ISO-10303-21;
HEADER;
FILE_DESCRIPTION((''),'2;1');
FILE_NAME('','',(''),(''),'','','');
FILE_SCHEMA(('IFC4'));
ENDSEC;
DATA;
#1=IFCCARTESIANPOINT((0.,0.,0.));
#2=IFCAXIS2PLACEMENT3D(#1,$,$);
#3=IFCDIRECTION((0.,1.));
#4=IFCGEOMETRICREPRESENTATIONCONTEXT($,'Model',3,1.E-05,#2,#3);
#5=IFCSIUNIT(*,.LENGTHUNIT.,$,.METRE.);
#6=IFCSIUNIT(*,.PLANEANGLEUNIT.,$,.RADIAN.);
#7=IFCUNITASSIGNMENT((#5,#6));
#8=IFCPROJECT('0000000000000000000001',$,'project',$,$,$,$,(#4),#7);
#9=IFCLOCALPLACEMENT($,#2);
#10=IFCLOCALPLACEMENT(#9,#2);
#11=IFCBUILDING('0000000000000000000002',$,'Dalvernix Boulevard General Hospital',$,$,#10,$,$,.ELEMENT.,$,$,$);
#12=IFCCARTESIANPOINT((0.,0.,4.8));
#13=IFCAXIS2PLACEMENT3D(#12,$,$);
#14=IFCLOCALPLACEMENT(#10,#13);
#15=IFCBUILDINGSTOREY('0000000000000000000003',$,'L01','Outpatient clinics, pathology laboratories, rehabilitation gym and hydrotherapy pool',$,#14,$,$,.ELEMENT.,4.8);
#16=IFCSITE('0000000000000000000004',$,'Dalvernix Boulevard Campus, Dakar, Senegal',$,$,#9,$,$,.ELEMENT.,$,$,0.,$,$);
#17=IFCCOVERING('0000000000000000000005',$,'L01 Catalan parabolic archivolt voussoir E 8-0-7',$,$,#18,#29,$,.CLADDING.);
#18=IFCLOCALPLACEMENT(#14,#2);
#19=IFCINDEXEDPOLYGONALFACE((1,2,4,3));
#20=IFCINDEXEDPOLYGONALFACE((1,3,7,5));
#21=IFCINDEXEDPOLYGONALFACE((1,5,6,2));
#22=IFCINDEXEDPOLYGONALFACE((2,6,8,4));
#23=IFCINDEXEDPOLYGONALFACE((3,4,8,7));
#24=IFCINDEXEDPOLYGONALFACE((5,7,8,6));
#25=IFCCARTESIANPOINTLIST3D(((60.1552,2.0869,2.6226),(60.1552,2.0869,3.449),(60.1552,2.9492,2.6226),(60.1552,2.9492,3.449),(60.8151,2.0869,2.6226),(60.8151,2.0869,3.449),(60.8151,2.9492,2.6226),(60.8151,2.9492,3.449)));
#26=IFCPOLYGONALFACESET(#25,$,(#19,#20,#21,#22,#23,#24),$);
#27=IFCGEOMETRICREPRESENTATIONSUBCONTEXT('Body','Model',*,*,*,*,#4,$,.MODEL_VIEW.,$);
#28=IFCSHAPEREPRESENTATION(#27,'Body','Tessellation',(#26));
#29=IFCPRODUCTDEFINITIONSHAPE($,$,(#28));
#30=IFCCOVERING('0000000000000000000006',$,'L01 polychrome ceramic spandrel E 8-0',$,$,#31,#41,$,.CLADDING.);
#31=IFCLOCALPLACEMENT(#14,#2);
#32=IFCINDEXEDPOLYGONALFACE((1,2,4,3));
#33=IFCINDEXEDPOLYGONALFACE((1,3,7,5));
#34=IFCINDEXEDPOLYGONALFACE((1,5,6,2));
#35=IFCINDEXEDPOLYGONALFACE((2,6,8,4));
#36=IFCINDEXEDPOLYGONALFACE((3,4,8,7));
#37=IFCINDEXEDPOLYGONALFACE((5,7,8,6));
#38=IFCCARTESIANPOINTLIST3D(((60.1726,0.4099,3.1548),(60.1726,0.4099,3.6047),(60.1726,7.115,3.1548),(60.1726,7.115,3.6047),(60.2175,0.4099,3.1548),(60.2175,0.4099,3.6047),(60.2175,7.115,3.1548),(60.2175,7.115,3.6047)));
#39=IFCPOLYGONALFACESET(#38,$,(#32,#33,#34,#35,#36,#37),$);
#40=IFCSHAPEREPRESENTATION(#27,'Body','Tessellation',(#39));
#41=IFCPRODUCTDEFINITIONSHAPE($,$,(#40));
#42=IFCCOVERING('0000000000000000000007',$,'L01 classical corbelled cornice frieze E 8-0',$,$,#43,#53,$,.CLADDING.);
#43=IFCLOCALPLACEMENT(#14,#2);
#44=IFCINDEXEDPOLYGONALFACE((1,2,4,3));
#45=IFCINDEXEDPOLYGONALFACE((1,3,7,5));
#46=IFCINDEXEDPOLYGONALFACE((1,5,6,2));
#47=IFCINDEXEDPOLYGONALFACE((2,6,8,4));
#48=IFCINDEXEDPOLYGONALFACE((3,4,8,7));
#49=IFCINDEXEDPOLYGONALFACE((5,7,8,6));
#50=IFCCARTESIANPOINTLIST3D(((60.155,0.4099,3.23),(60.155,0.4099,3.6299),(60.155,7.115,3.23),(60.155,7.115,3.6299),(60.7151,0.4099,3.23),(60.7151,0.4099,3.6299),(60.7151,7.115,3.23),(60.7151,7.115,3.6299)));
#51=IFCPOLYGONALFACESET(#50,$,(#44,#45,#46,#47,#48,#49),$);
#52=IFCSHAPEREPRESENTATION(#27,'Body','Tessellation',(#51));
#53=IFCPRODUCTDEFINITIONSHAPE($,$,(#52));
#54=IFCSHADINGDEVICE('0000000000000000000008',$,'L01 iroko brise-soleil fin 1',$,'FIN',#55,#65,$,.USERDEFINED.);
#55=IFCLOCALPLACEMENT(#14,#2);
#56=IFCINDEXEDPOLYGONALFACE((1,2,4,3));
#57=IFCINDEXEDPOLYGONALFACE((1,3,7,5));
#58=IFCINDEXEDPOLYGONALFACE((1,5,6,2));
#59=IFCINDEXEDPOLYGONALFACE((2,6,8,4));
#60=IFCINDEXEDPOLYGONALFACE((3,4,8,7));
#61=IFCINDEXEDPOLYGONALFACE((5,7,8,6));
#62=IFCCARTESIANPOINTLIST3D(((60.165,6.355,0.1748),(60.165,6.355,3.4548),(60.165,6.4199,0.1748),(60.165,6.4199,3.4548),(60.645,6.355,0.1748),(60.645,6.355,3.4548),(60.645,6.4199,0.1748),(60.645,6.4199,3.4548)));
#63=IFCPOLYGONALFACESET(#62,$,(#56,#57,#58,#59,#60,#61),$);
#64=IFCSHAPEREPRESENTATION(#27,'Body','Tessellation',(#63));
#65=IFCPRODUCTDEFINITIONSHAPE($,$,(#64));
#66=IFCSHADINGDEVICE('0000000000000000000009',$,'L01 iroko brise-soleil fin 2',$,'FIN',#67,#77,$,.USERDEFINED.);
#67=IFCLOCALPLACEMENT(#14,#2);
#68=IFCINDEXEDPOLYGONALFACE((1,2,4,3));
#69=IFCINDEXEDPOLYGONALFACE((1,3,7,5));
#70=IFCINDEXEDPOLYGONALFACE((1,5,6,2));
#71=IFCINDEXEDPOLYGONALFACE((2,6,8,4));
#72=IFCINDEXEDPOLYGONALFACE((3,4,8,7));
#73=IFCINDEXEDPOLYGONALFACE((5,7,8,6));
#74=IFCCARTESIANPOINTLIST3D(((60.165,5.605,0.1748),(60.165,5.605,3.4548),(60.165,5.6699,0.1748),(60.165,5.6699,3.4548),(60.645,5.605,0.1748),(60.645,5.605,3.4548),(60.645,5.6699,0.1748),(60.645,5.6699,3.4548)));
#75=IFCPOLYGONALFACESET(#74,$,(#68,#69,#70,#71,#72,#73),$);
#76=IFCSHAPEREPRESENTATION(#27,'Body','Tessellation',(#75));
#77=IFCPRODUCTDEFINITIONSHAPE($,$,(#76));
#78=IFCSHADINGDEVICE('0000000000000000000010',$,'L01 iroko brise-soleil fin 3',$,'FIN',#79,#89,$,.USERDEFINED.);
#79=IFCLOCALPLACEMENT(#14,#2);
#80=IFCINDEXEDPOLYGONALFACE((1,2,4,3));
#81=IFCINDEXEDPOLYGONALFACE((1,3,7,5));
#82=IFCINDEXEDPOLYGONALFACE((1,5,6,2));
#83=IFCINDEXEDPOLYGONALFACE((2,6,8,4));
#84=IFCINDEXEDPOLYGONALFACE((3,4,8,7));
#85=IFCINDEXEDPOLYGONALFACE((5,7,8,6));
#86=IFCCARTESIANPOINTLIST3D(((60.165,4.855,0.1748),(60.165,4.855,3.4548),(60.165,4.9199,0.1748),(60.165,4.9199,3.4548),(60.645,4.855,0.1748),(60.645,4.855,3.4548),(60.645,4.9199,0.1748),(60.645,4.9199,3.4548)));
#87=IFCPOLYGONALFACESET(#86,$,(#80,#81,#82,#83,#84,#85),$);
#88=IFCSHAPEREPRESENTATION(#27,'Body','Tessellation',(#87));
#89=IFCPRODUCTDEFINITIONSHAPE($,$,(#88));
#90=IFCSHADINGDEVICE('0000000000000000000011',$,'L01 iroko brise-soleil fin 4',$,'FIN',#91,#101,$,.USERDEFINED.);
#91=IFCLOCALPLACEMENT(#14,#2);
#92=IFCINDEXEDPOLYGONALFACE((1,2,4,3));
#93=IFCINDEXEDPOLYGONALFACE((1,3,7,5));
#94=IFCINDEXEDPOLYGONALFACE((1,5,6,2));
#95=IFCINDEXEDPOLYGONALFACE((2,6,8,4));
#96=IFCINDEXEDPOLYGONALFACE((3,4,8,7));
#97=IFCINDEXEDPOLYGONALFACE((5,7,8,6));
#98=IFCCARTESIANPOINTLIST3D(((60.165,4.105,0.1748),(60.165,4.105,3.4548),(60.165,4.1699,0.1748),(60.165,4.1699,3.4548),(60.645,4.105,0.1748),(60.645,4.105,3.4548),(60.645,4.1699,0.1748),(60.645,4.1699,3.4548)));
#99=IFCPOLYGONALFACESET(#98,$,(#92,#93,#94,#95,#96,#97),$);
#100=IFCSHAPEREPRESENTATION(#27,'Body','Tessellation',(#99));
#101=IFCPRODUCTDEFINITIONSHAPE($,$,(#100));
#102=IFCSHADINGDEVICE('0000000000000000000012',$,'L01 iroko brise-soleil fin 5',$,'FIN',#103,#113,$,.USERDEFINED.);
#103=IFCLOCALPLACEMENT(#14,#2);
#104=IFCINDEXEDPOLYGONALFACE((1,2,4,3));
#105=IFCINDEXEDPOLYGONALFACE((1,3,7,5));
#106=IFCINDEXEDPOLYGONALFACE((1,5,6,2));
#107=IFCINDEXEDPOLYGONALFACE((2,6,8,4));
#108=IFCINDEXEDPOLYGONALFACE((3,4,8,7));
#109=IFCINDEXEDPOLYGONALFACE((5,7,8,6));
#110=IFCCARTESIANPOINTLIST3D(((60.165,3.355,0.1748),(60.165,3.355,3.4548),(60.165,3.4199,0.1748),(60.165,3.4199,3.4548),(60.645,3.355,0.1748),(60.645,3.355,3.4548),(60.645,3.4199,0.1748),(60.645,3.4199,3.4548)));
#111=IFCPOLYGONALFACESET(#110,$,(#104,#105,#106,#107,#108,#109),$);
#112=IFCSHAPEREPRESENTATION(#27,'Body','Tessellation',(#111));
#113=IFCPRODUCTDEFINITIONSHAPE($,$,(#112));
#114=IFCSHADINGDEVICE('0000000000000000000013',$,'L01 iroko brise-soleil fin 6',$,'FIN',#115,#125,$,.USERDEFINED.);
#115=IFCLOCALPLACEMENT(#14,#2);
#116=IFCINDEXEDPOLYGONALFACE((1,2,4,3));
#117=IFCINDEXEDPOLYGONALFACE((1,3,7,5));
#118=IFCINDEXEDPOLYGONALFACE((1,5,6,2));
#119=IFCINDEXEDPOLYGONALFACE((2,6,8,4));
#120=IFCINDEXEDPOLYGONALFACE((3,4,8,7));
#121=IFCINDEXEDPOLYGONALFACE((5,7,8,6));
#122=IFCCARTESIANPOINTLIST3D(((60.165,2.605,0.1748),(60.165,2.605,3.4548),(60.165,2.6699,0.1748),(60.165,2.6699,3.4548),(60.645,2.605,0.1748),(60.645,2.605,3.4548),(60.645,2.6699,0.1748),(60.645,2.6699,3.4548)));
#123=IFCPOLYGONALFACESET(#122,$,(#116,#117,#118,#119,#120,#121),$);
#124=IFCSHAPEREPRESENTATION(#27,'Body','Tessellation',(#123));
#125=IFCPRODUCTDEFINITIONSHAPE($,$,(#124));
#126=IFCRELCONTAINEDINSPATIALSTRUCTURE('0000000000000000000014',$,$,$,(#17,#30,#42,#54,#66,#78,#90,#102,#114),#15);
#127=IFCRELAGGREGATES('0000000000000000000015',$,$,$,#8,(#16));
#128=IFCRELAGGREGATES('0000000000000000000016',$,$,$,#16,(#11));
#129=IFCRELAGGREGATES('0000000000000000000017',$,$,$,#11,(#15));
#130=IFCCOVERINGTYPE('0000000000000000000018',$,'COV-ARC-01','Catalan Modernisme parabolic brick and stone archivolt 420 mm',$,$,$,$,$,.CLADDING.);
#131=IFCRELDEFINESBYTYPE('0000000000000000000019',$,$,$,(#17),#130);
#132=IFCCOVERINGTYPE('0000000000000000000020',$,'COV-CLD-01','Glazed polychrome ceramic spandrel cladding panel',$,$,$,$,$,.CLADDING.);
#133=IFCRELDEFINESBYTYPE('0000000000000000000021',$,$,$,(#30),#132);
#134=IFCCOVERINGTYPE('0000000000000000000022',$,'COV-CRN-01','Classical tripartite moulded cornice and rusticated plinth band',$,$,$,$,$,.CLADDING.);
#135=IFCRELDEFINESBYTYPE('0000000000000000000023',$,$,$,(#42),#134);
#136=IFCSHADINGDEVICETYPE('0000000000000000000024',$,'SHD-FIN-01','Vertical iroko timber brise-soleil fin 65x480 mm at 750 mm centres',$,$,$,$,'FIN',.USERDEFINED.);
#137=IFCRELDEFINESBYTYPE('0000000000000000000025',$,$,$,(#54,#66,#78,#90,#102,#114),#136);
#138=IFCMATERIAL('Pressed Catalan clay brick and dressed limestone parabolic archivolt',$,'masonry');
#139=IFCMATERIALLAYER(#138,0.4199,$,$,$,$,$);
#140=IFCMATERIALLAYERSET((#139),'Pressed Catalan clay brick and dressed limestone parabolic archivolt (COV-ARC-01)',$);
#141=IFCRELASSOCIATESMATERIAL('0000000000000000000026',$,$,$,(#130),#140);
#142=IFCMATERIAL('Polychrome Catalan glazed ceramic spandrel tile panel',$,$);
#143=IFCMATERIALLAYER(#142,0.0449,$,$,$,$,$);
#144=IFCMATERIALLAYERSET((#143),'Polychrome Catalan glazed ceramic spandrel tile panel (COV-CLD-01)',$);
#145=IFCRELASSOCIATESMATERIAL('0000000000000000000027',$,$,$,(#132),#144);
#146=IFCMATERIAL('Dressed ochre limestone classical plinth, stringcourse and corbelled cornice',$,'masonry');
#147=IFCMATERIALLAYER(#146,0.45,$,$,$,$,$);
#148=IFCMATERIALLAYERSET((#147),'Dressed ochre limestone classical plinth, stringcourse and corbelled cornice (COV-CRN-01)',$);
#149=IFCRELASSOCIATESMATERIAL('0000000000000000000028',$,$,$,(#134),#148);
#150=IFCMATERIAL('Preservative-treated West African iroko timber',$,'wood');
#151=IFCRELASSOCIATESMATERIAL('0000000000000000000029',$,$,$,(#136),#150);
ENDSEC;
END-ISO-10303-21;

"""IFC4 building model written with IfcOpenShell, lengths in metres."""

from ifc_helpers import new_model, si_unit, direction, frame, origin, origin_2d, place, context, subcontext, project, spatial, rectangle, extrude, material, layer, layer_set, type_object, element, save


model = new_model("IFC4")

# Units and contexts
model_context = context("Model", 3, precision=1e-05, world=origin(), true_north=direction((0.0, 1.0)))
body_context = subcontext(model_context, "Body", "Model", "MODEL_VIEW")
ifc_project = project(units=[si_unit("LENGTHUNIT", "METRE"), si_unit("PLANEANGLEUNIT", "RADIAN")], contexts=[model_context])

# Site, building, storey
site_placement = place(None, origin())
site = spatial("IfcSite", under=ifc_project, at=site_placement, Name="Dalvernix Boulevard Campus, Dakar, Senegal", CompositionType="ELEMENT", RefElevation=0.0)
building_placement = place(site_placement, origin())
building = spatial("IfcBuilding", under=site, at=building_placement, Name="Dalvernix Boulevard General Hospital", CompositionType="ELEMENT")
storey_placement = place(building_placement, frame((0.0, 0.0, 4.8)))
storey = spatial("IfcBuildingStorey", under=building, at=storey_placement, Name="L01", Description="Outpatient clinics, pathology laboratories, rehabilitation gym and hydrotherapy pool", CompositionType="ELEMENT", Elevation=4.8)

# Coverings
ifc_material_1 = material(Name="Pressed Catalan clay brick and dressed limestone parabolic archivolt", Category="masonry")
ifc_layer_1 = layer(ifc_material_1, 0.4199)
ifc_layer_set_1 = layer_set([ifc_layer_1], Name="Pressed Catalan clay brick and dressed limestone parabolic archivolt (COV-ARC-01)")
covering_type_1 = type_object("IfcCoveringType", Name="COV-ARC-01", Description="Catalan Modernisme parabolic brick and stone archivolt 420 mm", PredefinedType="CLADDING", material=ifc_layer_set_1)
covering_1_placement = place(storey_placement, frame((60.4851, 2.5181, 2.6226), z_axis=(0.0, 0.0, 1.0), x_axis=(0.0, -1.0, 0.0)))
element("IfcCovering", 1, at=covering_1_placement, inside=storey, type_object=covering_type_1, Name="L01 Catalan parabolic archivolt voussoir E 8-0-7", PredefinedType="CLADDING", context=body_context, shape_type="SweptSolid", body=[
    extrude(rectangle(XDim=0.8623, YDim=0.6599, at=origin_2d()), origin(), (0.0, 0.0, 1.0), 0.8264),
])
ifc_material_2 = material(Name="Polychrome Catalan glazed ceramic spandrel tile panel")
ifc_layer_2 = layer(ifc_material_2, 0.0449)
ifc_layer_set_2 = layer_set([ifc_layer_2], Name="Polychrome Catalan glazed ceramic spandrel tile panel (COV-CLD-01)")
covering_type_2 = type_object("IfcCoveringType", Name="COV-CLD-01", Description="Glazed polychrome ceramic spandrel cladding panel", PredefinedType="CLADDING", material=ifc_layer_set_2)
covering_2_placement = place(storey_placement, frame((60.1951, 3.7625, 3.1548), z_axis=(0.0, 0.0, 1.0), x_axis=(0.0, -1.0, 0.0)))
element("IfcCovering", 2, at=covering_2_placement, inside=storey, type_object=covering_type_2, Name="L01 polychrome ceramic spandrel E 8-0", PredefinedType="CLADDING", context=body_context, shape_type="SweptSolid", body=[
    extrude(rectangle(XDim=6.7051, YDim=0.0449, at=origin_2d()), origin(), (0.0, 0.0, 1.0), 0.45),
])
ifc_material_3 = material(Name="Dressed ochre limestone classical plinth, stringcourse and corbelled cornice", Category="masonry")
ifc_layer_3 = layer(ifc_material_3, 0.45)
ifc_layer_set_3 = layer_set([ifc_layer_3], Name="Dressed ochre limestone classical plinth, stringcourse and corbelled cornice (COV-CRN-01)")
covering_type_3 = type_object("IfcCoveringType", Name="COV-CRN-01", Description="Classical tripartite moulded cornice and rusticated plinth band", PredefinedType="CLADDING", material=ifc_layer_set_3)
covering_3_placement = place(storey_placement, frame((60.4351, 3.7625, 3.23), z_axis=(0.0, 0.0, 1.0), x_axis=(0.0, -1.0, 0.0)))
element("IfcCovering", 3, at=covering_3_placement, inside=storey, type_object=covering_type_3, Name="L01 classical corbelled cornice frieze E 8-0", PredefinedType="CLADDING", context=body_context, shape_type="SweptSolid", body=[
    extrude(rectangle(XDim=6.7051, YDim=0.5601, at=origin_2d()), origin(), (0.0, 0.0, 1.0), 0.3999),
])

# Shading devices
ifc_material_4 = material(Name="Preservative-treated West African iroko timber", Category="wood")
shading_device_type = type_object("IfcShadingDeviceType", Name="SHD-FIN-01", Description="Vertical iroko timber brise-soleil fin 65x480 mm at 750 mm centres", ElementType="FIN", PredefinedType="USERDEFINED", material=ifc_material_4)
for number, where, z_axis, x_axis, name in (
    (4, (60.405, 6.3875, 0.1748), (0.0, 0.0, 1.0), (0.0, -1.0, 0.0), "L01 iroko brise-soleil fin 1"),
    (5, (60.405, 5.6375, 0.1748), (0.0, 0.0, 1.0), (0.0, -1.0, 0.0), "L01 iroko brise-soleil fin 2"),
    (6, (60.405, 4.8875, 0.1748), (0.0, 0.0, 1.0), (0.0, -1.0, 0.0), "L01 iroko brise-soleil fin 3"),
    (7, (60.405, 4.1375, 0.1748), (0.0, 0.0, 1.0), (0.0, -1.0, 0.0), "L01 iroko brise-soleil fin 4"),
    (8, (60.405, 3.3875, 0.1748), (0.0, 0.0, 1.0), (0.0, -1.0, 0.0), "L01 iroko brise-soleil fin 5"),
    (9, (60.405, 2.6375, 0.1748), (0.0, 0.0, 1.0), (0.0, -1.0, 0.0), "L01 iroko brise-soleil fin 6"),
):
    element("IfcShadingDevice", number, at=place(storey_placement, frame(where, z_axis=z_axis, x_axis=x_axis)), inside=storey, type_object=shading_device_type, Name=name, ObjectType="FIN", PredefinedType="USERDEFINED", context=body_context, shape_type="SweptSolid", body=[
        extrude(rectangle(XDim=0.0649, YDim=0.48, at=origin_2d()), origin(), (0.0, 0.0, 1.0), 3.28),
    ])

save(model, "model.ifc")
